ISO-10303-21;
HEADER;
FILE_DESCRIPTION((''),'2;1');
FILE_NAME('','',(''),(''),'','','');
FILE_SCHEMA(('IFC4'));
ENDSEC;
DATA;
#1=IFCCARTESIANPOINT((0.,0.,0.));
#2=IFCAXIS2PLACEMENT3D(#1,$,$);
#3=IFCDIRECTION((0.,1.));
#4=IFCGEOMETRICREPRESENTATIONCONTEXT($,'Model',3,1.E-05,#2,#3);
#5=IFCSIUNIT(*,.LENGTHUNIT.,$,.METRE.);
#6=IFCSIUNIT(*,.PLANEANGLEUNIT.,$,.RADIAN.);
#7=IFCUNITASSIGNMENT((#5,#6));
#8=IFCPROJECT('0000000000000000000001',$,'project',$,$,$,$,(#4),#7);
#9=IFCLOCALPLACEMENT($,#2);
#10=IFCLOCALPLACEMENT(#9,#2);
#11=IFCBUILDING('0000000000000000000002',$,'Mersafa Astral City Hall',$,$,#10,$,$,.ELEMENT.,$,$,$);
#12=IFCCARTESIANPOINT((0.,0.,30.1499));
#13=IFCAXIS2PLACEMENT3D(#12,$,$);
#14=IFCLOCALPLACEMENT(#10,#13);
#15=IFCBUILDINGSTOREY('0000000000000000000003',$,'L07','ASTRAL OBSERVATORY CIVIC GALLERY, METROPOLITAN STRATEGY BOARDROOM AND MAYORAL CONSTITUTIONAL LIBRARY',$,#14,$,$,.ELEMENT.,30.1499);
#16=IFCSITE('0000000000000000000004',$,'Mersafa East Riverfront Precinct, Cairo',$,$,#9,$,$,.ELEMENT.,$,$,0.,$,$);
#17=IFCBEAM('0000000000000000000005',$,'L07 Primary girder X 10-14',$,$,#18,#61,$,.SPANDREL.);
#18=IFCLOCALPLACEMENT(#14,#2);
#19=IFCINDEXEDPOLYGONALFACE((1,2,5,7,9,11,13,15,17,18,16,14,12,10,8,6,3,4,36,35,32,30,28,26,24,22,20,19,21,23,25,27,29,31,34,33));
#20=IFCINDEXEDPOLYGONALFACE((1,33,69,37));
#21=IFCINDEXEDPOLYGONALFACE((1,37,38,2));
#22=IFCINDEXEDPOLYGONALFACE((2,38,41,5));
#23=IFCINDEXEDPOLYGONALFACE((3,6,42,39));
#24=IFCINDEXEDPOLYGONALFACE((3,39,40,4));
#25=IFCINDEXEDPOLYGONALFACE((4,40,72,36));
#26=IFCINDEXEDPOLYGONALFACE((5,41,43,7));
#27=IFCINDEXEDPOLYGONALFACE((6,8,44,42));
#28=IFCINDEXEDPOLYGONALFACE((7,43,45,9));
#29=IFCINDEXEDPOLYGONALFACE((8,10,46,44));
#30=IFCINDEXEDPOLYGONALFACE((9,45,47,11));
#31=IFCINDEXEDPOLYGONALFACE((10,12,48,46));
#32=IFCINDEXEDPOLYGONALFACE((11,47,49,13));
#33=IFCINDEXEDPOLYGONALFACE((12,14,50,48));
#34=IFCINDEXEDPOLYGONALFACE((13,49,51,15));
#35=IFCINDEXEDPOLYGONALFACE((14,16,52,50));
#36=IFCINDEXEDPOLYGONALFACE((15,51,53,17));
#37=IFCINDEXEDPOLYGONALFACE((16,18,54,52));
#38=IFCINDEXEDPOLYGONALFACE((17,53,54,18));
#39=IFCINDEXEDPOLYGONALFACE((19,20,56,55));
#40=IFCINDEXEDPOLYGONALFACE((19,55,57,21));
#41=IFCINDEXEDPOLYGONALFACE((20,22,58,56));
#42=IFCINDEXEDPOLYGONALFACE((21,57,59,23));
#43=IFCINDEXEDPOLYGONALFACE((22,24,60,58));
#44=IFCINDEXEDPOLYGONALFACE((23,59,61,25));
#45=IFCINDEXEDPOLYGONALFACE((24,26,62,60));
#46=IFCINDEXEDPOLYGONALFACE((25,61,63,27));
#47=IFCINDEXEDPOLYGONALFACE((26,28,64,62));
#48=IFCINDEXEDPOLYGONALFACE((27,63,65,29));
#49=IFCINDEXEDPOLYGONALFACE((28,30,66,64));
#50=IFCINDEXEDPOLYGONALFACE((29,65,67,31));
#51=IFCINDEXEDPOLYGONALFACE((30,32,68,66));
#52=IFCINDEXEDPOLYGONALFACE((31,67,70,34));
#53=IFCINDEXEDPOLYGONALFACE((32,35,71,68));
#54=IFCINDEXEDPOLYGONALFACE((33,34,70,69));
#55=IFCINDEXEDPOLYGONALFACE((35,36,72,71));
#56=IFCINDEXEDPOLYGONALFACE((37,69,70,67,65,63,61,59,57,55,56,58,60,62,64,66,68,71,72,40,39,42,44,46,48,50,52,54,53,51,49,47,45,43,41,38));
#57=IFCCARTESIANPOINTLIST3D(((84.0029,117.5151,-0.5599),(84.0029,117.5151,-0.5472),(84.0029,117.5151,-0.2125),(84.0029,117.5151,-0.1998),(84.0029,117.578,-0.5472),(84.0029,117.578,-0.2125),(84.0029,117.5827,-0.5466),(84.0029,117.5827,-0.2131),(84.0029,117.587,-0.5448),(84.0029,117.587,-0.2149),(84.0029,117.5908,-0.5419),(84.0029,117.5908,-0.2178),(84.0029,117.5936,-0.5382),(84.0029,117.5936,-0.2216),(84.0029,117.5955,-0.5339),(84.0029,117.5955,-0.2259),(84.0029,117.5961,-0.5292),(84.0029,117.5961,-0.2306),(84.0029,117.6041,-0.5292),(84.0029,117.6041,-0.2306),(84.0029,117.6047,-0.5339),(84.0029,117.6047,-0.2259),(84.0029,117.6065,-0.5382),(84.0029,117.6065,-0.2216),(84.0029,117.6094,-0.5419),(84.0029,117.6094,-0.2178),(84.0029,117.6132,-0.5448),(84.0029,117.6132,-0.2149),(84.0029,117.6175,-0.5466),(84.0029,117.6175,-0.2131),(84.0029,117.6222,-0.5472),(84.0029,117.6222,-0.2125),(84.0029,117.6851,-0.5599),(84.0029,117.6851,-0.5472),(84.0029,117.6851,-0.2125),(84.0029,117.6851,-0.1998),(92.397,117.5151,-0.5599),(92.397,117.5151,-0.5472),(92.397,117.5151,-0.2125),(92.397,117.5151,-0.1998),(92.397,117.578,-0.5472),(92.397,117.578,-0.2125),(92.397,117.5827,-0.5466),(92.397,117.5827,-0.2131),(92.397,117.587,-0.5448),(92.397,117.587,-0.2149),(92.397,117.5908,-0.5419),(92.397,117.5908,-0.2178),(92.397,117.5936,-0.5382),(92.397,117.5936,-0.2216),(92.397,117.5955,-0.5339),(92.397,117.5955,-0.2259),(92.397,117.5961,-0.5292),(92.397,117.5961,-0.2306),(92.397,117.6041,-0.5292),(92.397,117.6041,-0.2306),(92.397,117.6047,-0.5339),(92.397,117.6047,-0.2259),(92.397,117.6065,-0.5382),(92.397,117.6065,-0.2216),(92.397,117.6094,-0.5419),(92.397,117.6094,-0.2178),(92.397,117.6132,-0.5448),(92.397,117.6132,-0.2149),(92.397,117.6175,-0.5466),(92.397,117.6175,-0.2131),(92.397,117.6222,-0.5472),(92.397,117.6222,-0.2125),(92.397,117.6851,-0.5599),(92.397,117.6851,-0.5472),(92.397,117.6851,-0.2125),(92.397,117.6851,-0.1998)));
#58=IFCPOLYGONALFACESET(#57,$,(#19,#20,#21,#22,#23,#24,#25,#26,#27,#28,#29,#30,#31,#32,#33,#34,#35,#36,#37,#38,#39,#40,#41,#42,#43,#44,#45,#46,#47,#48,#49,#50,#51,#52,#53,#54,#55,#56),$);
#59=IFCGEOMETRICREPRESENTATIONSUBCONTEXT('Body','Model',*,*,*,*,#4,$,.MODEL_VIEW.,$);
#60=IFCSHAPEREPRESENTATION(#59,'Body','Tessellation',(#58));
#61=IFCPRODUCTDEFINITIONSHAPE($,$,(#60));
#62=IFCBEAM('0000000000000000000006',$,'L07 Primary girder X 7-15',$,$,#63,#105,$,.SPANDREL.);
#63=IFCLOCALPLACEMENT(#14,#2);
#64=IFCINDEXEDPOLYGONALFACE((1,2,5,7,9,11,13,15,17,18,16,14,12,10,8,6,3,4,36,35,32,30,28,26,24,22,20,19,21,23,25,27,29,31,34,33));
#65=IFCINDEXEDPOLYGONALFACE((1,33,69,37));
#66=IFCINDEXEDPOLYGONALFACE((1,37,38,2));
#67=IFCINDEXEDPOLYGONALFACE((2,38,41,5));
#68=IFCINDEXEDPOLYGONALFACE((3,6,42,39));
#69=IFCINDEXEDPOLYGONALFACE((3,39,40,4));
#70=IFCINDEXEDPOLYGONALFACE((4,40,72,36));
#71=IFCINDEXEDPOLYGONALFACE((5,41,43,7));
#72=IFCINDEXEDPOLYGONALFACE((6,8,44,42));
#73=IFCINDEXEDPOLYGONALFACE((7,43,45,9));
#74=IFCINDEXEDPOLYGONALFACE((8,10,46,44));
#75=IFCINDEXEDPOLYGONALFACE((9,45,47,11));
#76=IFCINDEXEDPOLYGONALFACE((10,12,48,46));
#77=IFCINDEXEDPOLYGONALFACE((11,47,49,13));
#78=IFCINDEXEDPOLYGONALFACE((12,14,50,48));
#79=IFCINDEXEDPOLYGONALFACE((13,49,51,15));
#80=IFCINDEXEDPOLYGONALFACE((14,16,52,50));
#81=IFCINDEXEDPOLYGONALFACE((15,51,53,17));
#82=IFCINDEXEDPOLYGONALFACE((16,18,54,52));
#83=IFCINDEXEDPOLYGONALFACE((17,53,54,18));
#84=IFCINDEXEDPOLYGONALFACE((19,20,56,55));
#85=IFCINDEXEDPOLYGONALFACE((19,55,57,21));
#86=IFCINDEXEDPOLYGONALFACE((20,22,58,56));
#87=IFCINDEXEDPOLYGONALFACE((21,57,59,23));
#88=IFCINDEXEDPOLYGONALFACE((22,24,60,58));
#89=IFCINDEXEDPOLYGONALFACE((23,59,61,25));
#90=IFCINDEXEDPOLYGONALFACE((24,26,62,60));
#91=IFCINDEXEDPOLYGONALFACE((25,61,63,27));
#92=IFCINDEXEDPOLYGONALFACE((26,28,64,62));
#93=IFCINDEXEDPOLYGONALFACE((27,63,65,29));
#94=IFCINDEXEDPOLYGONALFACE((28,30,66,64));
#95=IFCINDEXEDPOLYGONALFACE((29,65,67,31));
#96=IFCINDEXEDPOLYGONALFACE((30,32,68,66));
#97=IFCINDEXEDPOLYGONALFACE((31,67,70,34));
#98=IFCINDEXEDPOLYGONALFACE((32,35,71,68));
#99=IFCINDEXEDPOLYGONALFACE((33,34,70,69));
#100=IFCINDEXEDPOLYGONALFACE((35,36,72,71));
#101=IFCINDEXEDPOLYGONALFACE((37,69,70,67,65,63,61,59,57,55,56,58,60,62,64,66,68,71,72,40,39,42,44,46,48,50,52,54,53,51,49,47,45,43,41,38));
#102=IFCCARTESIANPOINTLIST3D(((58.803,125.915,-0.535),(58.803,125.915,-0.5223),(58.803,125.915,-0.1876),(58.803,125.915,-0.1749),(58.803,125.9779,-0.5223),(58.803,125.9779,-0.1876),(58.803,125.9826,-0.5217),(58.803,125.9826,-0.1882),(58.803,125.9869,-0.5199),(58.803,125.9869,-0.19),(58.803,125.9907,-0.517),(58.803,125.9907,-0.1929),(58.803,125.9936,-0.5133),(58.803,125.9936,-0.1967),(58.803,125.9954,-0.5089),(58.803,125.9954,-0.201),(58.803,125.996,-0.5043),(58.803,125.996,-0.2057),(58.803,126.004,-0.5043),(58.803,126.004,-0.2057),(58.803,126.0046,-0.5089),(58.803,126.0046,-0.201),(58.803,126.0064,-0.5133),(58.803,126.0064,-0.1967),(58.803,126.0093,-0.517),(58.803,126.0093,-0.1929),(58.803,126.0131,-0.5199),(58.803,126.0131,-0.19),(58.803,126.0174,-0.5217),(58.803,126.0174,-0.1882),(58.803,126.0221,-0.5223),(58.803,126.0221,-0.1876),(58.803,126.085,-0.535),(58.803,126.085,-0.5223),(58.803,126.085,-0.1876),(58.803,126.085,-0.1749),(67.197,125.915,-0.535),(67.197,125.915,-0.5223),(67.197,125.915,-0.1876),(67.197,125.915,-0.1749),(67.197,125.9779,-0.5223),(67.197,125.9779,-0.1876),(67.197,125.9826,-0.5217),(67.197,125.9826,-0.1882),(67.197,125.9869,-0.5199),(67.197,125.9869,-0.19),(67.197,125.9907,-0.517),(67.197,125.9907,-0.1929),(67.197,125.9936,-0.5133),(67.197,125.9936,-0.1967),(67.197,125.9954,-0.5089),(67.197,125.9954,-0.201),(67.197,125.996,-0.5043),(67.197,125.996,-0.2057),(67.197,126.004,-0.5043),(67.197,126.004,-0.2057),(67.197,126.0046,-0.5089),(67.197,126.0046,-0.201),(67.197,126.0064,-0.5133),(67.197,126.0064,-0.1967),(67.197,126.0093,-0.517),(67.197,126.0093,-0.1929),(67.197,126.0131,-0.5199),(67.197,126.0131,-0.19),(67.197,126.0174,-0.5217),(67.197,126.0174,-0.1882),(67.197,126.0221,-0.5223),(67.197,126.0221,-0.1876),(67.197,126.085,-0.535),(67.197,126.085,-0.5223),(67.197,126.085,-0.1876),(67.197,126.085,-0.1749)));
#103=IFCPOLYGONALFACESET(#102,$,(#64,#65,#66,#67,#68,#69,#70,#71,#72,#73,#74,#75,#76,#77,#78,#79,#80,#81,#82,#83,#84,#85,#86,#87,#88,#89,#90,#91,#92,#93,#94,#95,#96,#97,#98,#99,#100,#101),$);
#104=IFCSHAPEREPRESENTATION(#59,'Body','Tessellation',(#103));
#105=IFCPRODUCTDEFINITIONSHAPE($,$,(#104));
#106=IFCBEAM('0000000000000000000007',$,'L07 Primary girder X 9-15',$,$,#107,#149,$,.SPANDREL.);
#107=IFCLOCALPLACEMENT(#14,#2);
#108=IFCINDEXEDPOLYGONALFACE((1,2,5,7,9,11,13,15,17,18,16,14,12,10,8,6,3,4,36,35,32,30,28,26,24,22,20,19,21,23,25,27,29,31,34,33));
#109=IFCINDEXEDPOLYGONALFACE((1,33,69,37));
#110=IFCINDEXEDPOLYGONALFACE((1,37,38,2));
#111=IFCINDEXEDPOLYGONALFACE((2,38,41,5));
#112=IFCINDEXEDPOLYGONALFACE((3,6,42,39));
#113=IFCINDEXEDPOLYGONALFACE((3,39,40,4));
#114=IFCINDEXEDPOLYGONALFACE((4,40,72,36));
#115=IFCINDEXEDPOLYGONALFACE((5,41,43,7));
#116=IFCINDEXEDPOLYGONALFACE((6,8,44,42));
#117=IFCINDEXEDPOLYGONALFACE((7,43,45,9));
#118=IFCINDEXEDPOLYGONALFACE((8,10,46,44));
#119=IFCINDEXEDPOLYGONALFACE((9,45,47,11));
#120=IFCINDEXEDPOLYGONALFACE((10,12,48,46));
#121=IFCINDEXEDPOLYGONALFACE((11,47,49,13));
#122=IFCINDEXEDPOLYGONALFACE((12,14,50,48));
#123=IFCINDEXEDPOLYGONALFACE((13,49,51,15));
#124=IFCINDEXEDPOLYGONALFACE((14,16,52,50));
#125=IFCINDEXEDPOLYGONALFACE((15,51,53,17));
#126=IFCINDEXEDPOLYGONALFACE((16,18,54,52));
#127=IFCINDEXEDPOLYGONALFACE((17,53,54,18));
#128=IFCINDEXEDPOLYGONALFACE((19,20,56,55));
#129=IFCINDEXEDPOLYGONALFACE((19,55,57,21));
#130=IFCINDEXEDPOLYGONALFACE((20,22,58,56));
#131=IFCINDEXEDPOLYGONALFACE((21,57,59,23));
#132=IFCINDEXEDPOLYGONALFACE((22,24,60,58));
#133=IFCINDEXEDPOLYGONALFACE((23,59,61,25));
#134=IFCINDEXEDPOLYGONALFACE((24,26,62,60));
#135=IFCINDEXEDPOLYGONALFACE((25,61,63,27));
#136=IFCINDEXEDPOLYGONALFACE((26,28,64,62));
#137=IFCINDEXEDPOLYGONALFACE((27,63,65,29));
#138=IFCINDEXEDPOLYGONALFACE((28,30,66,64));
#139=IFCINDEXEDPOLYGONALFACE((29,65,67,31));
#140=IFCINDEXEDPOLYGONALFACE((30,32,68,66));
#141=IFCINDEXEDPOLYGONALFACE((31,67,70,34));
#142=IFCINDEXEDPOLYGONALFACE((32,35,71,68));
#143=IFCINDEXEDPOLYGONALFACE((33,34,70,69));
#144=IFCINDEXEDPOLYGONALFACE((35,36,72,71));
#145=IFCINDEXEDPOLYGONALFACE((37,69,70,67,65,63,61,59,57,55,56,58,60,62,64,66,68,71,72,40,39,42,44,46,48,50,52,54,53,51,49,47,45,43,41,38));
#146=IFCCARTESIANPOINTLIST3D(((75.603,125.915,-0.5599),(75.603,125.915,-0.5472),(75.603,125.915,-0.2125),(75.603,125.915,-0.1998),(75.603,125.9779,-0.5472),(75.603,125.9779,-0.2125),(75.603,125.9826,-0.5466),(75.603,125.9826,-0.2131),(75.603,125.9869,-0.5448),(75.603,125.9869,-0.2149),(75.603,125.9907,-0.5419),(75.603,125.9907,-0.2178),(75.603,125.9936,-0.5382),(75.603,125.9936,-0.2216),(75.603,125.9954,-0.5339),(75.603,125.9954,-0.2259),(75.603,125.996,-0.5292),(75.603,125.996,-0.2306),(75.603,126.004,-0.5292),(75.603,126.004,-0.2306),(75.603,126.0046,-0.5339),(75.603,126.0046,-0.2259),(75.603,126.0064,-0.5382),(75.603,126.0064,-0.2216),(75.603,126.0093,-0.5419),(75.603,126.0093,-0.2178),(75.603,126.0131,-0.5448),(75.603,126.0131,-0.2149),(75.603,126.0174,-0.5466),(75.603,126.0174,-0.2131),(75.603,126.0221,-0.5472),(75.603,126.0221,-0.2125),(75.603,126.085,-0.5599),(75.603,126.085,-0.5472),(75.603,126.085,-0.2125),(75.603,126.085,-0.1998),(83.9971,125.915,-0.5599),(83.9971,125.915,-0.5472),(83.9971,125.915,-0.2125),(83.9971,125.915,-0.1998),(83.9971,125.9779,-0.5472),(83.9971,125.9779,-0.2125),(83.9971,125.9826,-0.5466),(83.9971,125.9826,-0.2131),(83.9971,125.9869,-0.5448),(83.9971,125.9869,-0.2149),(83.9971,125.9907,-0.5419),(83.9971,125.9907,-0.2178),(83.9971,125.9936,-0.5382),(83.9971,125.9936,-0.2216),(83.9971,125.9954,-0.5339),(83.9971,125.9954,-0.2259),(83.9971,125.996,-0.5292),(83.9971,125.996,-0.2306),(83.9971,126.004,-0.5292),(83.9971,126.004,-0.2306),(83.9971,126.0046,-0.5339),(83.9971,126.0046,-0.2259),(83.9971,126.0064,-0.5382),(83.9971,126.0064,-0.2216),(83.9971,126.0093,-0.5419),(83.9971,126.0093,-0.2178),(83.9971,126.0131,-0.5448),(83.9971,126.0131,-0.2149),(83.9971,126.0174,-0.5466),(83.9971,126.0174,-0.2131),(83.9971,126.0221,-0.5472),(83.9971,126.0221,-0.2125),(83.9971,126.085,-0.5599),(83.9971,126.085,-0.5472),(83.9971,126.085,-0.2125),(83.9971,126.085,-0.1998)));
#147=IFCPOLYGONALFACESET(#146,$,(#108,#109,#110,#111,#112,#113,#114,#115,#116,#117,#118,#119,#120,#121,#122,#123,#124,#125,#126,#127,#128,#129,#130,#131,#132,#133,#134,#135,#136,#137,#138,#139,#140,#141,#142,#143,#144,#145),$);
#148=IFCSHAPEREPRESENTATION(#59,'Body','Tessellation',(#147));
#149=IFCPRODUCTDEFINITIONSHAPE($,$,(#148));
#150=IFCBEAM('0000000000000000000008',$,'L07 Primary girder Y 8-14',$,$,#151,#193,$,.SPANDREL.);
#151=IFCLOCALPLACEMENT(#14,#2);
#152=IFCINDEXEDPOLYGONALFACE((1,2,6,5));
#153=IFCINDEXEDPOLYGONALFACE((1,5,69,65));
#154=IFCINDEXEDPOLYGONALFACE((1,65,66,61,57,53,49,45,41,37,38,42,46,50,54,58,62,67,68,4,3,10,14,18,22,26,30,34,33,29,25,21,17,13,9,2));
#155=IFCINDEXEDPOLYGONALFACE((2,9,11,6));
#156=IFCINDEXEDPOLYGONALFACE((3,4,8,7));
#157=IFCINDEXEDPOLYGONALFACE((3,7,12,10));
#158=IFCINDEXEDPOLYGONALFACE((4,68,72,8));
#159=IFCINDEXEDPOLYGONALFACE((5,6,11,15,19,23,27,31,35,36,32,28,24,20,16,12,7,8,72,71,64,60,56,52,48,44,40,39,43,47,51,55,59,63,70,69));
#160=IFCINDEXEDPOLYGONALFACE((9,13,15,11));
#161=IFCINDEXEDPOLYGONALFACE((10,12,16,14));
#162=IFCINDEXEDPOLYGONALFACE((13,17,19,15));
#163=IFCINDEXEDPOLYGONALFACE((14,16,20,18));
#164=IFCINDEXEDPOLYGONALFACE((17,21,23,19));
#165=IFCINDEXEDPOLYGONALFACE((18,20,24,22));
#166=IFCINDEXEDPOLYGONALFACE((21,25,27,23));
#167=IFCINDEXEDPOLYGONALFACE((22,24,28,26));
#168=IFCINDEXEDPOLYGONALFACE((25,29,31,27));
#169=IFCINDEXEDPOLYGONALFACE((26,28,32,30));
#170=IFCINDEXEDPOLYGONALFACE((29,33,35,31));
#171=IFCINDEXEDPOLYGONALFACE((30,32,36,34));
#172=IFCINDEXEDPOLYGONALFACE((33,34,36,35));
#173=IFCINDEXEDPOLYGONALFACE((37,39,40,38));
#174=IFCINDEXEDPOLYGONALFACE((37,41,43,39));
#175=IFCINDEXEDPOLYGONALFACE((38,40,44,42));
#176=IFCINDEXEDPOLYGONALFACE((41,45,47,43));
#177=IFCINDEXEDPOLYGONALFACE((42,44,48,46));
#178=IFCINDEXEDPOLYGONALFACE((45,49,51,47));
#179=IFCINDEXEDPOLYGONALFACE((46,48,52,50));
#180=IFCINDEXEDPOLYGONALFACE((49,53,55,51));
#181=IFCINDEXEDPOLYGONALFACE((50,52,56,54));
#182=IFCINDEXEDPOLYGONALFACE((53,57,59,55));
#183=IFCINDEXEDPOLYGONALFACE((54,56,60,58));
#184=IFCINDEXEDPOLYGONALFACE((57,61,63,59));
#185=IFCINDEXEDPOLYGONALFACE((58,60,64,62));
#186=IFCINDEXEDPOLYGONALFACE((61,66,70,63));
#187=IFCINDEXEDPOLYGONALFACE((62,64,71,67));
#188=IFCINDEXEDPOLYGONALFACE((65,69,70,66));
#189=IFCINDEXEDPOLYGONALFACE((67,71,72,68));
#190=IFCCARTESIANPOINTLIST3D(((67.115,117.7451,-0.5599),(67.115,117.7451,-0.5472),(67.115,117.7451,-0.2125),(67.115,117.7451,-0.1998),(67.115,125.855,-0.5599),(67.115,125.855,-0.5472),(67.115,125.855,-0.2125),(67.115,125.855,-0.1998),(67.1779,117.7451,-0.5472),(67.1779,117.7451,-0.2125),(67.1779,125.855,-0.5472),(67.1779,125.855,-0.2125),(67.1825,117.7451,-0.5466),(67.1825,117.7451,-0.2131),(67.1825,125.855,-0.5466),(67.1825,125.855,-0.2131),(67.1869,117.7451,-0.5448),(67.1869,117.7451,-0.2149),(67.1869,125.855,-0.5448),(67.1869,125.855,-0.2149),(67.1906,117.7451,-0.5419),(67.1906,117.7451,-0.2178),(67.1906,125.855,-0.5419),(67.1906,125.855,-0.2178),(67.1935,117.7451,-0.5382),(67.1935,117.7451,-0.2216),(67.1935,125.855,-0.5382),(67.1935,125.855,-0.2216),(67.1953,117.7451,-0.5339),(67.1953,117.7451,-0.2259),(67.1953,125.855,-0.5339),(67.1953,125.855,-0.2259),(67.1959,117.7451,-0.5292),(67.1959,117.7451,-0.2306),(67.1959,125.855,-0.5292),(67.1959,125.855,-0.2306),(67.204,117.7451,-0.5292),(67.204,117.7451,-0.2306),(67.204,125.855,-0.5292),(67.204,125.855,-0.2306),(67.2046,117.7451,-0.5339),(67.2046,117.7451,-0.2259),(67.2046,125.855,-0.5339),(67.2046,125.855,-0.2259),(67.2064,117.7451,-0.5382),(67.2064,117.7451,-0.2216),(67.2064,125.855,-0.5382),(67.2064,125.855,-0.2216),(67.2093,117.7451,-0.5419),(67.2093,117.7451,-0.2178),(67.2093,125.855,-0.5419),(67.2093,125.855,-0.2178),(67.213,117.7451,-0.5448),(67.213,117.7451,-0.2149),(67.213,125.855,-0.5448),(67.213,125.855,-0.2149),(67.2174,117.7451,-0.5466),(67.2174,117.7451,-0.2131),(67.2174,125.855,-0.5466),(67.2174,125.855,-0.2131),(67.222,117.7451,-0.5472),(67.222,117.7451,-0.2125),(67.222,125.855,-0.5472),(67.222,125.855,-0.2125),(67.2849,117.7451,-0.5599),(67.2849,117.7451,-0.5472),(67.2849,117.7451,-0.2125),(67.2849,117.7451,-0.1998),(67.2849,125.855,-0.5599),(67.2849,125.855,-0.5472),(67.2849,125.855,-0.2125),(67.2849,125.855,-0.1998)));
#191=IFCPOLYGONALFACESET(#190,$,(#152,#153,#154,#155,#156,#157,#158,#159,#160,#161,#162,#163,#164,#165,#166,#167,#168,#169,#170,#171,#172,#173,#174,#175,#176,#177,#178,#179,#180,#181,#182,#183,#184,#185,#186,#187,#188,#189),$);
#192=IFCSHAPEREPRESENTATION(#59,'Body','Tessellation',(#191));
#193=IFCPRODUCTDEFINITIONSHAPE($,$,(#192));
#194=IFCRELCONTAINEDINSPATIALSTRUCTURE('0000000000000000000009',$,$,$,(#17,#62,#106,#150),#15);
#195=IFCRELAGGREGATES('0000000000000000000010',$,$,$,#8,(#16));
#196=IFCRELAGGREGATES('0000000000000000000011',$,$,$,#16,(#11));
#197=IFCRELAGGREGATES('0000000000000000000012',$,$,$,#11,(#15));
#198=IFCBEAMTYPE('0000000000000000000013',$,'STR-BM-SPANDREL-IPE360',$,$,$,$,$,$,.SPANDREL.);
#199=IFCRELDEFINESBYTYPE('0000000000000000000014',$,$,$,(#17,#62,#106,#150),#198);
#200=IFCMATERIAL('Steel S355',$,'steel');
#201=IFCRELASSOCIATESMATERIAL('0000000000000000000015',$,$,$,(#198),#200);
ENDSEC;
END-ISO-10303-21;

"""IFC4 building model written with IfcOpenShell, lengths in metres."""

from ifc_helpers import new_model, si_unit, direction, frame, origin, origin_2d, place, context, subcontext, project, spatial, i_section, extrude, material, material_profile, profile_set, type_object, element, save


model = new_model("IFC4")

# Units and contexts
model_context = context("Model", 3, precision=1e-05, world=origin(), true_north=direction((0.0, 1.0)))
body_context = subcontext(model_context, "Body", "Model", "MODEL_VIEW")
ifc_project = project(units=[si_unit("LENGTHUNIT", "METRE"), si_unit("PLANEANGLEUNIT", "RADIAN")], contexts=[model_context])

# Site, building, storey
site_placement = place(None, origin())
site = spatial("IfcSite", under=ifc_project, at=site_placement, Name="Mersafa East Riverfront Precinct, Cairo", CompositionType="ELEMENT", RefElevation=0.0)
building_placement = place(site_placement, origin())
building = spatial("IfcBuilding", under=site, at=building_placement, Name="Mersafa Astral City Hall", CompositionType="ELEMENT")
storey_placement = place(building_placement, frame((0.0, 0.0, 30.1499)))
storey = spatial("IfcBuildingStorey", under=building, at=storey_placement, Name="L07", Description="ASTRAL OBSERVATORY CIVIC GALLERY, METROPOLITAN STRATEGY BOARDROOM AND MAYORAL CONSTITUTIONAL LIBRARY", CompositionType="ELEMENT", Elevation=30.1499)

# Beams
ifc_material_1 = material(Name="Steel S355", Category="steel")
ifc_material_profile_1 = material_profile(ifc_material_1, i_section(OverallWidth=0.1699, OverallDepth=0.3601, WebThickness=0.0081, FlangeThickness=0.0127, FilletRadius=0.0181, at=origin_2d()), Name="IPE 360")
ifc_profile_set_1 = profile_set([ifc_material_profile_1], Name="Steel S355")
beam_type_1 = type_object("IfcBeamType", Name="STR-BM-SPANDREL-IPE360", PredefinedType="SPANDREL", material=ifc_profile_set_1)
for number, where, z_axis, x_axis, name in (
    (1, (84.0029, 117.6001, -0.3799), (1.0, 0.0, 0.0), (0.0, 1.0, 0.0), "L07 Primary girder X 10-14"),
    (2, (58.803, 126.0, -0.355), (1.0, 0.0, 0.0), (0.0, 1.0, 0.0), "L07 Primary girder X 7-15"),
    (3, (75.603, 126.0, -0.3799), (1.0, 0.0, 0.0), (0.0, 1.0, 0.0), "L07 Primary girder X 9-15"),
):
    element("IfcBeam", number, at=place(storey_placement, frame(where, z_axis=z_axis, x_axis=x_axis)), inside=storey, type_object=beam_type_1, Name=name, PredefinedType="SPANDREL", context=body_context, shape_type="SweptSolid", body=[
        extrude(i_section(OverallWidth=0.1699, OverallDepth=0.3601, WebThickness=0.0081, FlangeThickness=0.0127, FilletRadius=0.0181, at=origin_2d()), origin(), (0.0, 0.0, 1.0), 8.394),
    ])
for number, where, z_axis, x_axis, name in (
    (4, (67.2, 117.7451, -0.3799), (0.0, 1.0, 0.0), (-1.0, 0.0, 0.0), "L07 Primary girder Y 8-14"),
):
    element("IfcBeam", number, at=place(storey_placement, frame(where, z_axis=z_axis, x_axis=x_axis)), inside=storey, type_object=beam_type_1, Name=name, PredefinedType="SPANDREL", context=body_context, shape_type="SweptSolid", body=[
        extrude(i_section(OverallWidth=0.1699, OverallDepth=0.3601, WebThickness=0.0081, FlangeThickness=0.0127, FilletRadius=0.0181, at=origin_2d()), origin(), (0.0, 0.0, 1.0), 8.1099),
    ])

save(model, "model.ifc")
